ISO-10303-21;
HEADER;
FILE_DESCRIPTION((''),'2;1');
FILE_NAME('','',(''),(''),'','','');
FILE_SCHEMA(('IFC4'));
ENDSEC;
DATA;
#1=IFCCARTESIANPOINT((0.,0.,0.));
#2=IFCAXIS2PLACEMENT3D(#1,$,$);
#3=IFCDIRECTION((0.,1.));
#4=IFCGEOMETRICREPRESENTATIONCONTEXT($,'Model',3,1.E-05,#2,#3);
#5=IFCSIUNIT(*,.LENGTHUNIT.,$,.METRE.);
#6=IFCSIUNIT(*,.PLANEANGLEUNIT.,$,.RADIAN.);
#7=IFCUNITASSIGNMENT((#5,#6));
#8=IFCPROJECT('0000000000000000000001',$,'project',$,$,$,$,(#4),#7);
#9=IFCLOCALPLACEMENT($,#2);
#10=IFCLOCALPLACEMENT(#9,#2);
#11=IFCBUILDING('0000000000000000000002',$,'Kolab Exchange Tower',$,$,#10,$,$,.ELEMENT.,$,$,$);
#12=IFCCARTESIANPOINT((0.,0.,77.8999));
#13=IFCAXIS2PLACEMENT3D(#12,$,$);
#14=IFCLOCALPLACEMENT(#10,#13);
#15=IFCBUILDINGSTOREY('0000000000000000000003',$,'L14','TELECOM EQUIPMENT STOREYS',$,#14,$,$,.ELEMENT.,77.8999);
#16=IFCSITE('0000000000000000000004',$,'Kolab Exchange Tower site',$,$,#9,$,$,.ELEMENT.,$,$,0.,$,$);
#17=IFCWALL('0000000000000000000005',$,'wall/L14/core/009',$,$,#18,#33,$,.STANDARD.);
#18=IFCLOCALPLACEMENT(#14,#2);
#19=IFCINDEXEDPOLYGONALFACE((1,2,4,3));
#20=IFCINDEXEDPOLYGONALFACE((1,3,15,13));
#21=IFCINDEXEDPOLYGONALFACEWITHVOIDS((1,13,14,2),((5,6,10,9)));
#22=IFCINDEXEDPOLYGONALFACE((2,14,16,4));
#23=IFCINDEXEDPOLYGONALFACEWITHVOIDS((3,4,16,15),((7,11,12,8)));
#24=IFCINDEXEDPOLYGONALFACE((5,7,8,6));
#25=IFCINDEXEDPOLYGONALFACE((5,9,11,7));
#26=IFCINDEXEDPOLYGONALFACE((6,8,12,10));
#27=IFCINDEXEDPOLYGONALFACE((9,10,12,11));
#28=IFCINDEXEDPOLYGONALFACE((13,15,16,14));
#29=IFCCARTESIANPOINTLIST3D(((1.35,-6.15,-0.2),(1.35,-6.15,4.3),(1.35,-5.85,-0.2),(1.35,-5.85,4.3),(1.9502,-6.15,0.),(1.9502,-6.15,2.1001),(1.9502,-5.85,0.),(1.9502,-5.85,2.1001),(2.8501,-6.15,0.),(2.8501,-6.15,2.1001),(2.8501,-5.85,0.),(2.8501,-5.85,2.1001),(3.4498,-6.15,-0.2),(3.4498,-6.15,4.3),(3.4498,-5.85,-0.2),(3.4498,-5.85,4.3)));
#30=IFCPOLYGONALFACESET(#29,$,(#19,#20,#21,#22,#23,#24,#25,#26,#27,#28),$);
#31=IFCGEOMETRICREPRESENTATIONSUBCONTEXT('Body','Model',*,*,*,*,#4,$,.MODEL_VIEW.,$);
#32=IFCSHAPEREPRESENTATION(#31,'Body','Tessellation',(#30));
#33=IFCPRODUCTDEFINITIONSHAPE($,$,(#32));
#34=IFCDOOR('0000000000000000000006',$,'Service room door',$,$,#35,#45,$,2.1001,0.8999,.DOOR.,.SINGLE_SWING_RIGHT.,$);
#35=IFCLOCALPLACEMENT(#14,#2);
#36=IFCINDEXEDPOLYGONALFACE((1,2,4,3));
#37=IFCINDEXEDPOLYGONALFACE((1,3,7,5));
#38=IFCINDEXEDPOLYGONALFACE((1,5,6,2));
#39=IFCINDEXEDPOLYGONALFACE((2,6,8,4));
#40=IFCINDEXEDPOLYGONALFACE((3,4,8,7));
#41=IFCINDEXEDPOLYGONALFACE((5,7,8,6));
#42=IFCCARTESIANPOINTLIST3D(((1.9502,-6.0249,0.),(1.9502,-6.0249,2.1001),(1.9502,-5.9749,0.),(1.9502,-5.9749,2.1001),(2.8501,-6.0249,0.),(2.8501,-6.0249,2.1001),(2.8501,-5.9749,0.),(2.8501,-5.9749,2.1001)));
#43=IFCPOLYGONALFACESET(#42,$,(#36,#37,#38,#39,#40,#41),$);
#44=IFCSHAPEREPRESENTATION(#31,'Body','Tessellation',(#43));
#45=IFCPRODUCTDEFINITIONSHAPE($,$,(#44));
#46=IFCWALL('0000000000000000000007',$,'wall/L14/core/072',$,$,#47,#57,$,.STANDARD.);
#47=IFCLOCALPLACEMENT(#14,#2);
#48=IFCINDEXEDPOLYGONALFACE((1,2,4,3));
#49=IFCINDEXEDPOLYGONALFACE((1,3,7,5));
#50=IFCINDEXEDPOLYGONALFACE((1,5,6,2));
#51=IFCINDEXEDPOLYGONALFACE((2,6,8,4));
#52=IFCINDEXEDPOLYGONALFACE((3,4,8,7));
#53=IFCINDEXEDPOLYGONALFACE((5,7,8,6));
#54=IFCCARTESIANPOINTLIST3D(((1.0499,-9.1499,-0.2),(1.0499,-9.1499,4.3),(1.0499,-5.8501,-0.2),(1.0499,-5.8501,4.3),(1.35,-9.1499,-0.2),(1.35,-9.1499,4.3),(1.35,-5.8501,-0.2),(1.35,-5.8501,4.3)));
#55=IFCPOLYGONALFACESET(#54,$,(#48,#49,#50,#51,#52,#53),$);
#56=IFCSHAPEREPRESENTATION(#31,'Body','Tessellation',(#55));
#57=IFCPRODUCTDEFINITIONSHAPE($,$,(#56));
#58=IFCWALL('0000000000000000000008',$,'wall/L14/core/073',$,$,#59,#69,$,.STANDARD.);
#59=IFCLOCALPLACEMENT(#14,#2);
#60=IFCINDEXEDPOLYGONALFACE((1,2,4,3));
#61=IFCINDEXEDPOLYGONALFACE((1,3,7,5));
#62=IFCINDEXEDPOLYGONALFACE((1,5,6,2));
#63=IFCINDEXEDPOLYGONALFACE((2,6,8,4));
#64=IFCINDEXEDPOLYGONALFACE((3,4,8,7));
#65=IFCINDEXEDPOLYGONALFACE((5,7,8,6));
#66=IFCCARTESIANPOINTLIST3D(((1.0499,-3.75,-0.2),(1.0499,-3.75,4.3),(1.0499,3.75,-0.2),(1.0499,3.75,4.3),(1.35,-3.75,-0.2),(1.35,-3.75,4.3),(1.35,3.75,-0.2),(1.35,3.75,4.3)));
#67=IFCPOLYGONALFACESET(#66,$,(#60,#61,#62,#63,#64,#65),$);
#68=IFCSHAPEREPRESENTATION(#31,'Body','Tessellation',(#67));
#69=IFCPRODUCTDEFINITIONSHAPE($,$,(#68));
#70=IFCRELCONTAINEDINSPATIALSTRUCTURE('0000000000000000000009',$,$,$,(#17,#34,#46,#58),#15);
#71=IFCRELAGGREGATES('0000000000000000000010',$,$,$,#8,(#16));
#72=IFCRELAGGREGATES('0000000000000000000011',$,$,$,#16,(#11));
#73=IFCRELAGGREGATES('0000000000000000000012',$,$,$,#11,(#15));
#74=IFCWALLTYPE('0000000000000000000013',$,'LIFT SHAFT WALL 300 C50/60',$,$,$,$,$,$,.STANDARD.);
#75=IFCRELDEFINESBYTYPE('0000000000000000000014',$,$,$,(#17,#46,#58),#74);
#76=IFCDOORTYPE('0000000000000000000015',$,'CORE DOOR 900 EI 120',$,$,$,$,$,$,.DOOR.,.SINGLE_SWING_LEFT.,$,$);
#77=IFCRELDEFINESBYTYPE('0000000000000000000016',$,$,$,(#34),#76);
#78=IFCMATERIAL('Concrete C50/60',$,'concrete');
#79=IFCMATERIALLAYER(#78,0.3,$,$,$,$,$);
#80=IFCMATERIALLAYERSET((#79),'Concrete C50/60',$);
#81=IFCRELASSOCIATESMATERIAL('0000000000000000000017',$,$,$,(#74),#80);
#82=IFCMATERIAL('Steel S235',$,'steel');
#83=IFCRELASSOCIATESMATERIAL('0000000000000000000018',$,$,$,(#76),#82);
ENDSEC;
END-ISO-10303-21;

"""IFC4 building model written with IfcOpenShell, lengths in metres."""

from ifc_helpers import new_model, si_unit, direction, frame, frame_2d, origin, place, context, subcontext, project, spatial, rectangle, extrude, material, layer, layer_set, type_object, element, fill, save


model = new_model("IFC4")

# Units and contexts
model_context = context("Model", 3, precision=1e-05, world=origin(), true_north=direction((0.0, 1.0)))
body_context = subcontext(model_context, "Body", "Model", "MODEL_VIEW")
ifc_project = project(units=[si_unit("LENGTHUNIT", "METRE"), si_unit("PLANEANGLEUNIT", "RADIAN")], contexts=[model_context])

# Site, building, storey
site_placement = place(None, origin())
site = spatial("IfcSite", under=ifc_project, at=site_placement, Name="Kolab Exchange Tower site", CompositionType="ELEMENT", RefElevation=0.0)
building_placement = place(site_placement, origin())
building = spatial("IfcBuilding", under=site, at=building_placement, Name="Kolab Exchange Tower", CompositionType="ELEMENT")
storey_placement = place(building_placement, frame((0.0, 0.0, 77.8999)))
storey = spatial("IfcBuildingStorey", under=building, at=storey_placement, Name="L14", Description="TELECOM EQUIPMENT STOREYS", CompositionType="ELEMENT", Elevation=77.8999)

# Wall, opening, door
ifc_material_1 = material(Name="Concrete C50/60", Category="concrete")
ifc_layer_1 = layer(ifc_material_1, 0.3)
ifc_layer_set_1 = layer_set([ifc_layer_1], Name="Concrete C50/60")
wall_type = type_object("IfcWallType", Name="LIFT SHAFT WALL 300 C50/60", PredefinedType="STANDARD", material=ifc_layer_set_1)
wall_1_placement = place(storey_placement, frame((1.3501, -6.0, -0.2), z_axis=(0.0, 0.0, 1.0), x_axis=(1.0, 0.0, 0.0)))
wall_1 = element("IfcWall", 1, at=wall_1_placement, inside=storey, type_object=wall_type, Name="wall/L14/core/009", PredefinedType="STANDARD", context=body_context, shape_type="SweptSolid", body=[
    extrude(rectangle(XDim=2.0999, YDim=0.3, at=frame_2d((1.0498, 0.0))), origin(), (0.0, 0.0, 1.0), 4.5),
])
opening_placement = place(wall_1_placement, frame((0.6001, 0.0, 0.2)))
opening = element("IfcOpeningElement", 2, at=opening_placement, cuts=wall_1, PredefinedType="OPENING", context=body_context, shape_type="SweptSolid", body=[
    extrude(rectangle(XDim=0.8999, YDim=2.1001, at=frame_2d((0.45, 1.05))), frame((0.0, 0.1602, 0.0), z_axis=(0.0, -1.0, 0.0), x_axis=(1.0, 0.0, 0.0)), (0.0, 0.0, 1.0), 0.3201),
])
ifc_material_2 = material(Name="Steel S235", Category="steel")
door_type = type_object("IfcDoorType", Name="CORE DOOR 900 EI 120", OperationType="SINGLE_SWING_LEFT", PredefinedType="DOOR", material=ifc_material_2)
door_placement = place(opening_placement, frame((0.8999, 0.0, 0.0), z_axis=(0.0, 0.0, 1.0), x_axis=(-1.0, 0.0, 0.0)))
door = element("IfcDoor", 3, at=door_placement, inside=storey, type_object=door_type, Name="Service room door", OperationType="SINGLE_SWING_RIGHT", OverallHeight=2.1001, OverallWidth=0.8999, PredefinedType="DOOR", context=body_context, shape_type="SweptSolid", body=[
    extrude(rectangle(XDim=0.8999, YDim=2.1001, at=frame_2d((0.45, 1.05))), frame((0.0, 0.0249, 0.0), z_axis=(0.0, -1.0, 0.0), x_axis=(1.0, 0.0, 0.0)), (0.0, 0.0, 1.0), 0.05),
])
fill(opening, door)

# Walls
wall_2_placement = place(storey_placement, frame((1.2, -9.1499, -0.2), z_axis=(0.0, 0.0, 1.0), x_axis=(0.0, 1.0, 0.0)))
element("IfcWall", 4, at=wall_2_placement, inside=storey, type_object=wall_type, Name="wall/L14/core/072", PredefinedType="STANDARD", context=body_context, shape_type="SweptSolid", body=[
    extrude(rectangle(XDim=3.2998, YDim=0.3, at=frame_2d((1.6499, 0.0))), origin(), (0.0, 0.0, 1.0), 4.5),
])
wall_3_placement = place(storey_placement, frame((1.2, -3.75, -0.2), z_axis=(0.0, 0.0, 1.0), x_axis=(0.0, 1.0, 0.0)))
element("IfcWall", 5, at=wall_3_placement, inside=storey, type_object=wall_type, Name="wall/L14/core/073", PredefinedType="STANDARD", context=body_context, shape_type="SweptSolid", body=[
    extrude(rectangle(XDim=7.5, YDim=0.3, at=frame_2d((3.75, 0.0))), origin(), (0.0, 0.0, 1.0), 4.5),
])

save(model, "model.ifc")
